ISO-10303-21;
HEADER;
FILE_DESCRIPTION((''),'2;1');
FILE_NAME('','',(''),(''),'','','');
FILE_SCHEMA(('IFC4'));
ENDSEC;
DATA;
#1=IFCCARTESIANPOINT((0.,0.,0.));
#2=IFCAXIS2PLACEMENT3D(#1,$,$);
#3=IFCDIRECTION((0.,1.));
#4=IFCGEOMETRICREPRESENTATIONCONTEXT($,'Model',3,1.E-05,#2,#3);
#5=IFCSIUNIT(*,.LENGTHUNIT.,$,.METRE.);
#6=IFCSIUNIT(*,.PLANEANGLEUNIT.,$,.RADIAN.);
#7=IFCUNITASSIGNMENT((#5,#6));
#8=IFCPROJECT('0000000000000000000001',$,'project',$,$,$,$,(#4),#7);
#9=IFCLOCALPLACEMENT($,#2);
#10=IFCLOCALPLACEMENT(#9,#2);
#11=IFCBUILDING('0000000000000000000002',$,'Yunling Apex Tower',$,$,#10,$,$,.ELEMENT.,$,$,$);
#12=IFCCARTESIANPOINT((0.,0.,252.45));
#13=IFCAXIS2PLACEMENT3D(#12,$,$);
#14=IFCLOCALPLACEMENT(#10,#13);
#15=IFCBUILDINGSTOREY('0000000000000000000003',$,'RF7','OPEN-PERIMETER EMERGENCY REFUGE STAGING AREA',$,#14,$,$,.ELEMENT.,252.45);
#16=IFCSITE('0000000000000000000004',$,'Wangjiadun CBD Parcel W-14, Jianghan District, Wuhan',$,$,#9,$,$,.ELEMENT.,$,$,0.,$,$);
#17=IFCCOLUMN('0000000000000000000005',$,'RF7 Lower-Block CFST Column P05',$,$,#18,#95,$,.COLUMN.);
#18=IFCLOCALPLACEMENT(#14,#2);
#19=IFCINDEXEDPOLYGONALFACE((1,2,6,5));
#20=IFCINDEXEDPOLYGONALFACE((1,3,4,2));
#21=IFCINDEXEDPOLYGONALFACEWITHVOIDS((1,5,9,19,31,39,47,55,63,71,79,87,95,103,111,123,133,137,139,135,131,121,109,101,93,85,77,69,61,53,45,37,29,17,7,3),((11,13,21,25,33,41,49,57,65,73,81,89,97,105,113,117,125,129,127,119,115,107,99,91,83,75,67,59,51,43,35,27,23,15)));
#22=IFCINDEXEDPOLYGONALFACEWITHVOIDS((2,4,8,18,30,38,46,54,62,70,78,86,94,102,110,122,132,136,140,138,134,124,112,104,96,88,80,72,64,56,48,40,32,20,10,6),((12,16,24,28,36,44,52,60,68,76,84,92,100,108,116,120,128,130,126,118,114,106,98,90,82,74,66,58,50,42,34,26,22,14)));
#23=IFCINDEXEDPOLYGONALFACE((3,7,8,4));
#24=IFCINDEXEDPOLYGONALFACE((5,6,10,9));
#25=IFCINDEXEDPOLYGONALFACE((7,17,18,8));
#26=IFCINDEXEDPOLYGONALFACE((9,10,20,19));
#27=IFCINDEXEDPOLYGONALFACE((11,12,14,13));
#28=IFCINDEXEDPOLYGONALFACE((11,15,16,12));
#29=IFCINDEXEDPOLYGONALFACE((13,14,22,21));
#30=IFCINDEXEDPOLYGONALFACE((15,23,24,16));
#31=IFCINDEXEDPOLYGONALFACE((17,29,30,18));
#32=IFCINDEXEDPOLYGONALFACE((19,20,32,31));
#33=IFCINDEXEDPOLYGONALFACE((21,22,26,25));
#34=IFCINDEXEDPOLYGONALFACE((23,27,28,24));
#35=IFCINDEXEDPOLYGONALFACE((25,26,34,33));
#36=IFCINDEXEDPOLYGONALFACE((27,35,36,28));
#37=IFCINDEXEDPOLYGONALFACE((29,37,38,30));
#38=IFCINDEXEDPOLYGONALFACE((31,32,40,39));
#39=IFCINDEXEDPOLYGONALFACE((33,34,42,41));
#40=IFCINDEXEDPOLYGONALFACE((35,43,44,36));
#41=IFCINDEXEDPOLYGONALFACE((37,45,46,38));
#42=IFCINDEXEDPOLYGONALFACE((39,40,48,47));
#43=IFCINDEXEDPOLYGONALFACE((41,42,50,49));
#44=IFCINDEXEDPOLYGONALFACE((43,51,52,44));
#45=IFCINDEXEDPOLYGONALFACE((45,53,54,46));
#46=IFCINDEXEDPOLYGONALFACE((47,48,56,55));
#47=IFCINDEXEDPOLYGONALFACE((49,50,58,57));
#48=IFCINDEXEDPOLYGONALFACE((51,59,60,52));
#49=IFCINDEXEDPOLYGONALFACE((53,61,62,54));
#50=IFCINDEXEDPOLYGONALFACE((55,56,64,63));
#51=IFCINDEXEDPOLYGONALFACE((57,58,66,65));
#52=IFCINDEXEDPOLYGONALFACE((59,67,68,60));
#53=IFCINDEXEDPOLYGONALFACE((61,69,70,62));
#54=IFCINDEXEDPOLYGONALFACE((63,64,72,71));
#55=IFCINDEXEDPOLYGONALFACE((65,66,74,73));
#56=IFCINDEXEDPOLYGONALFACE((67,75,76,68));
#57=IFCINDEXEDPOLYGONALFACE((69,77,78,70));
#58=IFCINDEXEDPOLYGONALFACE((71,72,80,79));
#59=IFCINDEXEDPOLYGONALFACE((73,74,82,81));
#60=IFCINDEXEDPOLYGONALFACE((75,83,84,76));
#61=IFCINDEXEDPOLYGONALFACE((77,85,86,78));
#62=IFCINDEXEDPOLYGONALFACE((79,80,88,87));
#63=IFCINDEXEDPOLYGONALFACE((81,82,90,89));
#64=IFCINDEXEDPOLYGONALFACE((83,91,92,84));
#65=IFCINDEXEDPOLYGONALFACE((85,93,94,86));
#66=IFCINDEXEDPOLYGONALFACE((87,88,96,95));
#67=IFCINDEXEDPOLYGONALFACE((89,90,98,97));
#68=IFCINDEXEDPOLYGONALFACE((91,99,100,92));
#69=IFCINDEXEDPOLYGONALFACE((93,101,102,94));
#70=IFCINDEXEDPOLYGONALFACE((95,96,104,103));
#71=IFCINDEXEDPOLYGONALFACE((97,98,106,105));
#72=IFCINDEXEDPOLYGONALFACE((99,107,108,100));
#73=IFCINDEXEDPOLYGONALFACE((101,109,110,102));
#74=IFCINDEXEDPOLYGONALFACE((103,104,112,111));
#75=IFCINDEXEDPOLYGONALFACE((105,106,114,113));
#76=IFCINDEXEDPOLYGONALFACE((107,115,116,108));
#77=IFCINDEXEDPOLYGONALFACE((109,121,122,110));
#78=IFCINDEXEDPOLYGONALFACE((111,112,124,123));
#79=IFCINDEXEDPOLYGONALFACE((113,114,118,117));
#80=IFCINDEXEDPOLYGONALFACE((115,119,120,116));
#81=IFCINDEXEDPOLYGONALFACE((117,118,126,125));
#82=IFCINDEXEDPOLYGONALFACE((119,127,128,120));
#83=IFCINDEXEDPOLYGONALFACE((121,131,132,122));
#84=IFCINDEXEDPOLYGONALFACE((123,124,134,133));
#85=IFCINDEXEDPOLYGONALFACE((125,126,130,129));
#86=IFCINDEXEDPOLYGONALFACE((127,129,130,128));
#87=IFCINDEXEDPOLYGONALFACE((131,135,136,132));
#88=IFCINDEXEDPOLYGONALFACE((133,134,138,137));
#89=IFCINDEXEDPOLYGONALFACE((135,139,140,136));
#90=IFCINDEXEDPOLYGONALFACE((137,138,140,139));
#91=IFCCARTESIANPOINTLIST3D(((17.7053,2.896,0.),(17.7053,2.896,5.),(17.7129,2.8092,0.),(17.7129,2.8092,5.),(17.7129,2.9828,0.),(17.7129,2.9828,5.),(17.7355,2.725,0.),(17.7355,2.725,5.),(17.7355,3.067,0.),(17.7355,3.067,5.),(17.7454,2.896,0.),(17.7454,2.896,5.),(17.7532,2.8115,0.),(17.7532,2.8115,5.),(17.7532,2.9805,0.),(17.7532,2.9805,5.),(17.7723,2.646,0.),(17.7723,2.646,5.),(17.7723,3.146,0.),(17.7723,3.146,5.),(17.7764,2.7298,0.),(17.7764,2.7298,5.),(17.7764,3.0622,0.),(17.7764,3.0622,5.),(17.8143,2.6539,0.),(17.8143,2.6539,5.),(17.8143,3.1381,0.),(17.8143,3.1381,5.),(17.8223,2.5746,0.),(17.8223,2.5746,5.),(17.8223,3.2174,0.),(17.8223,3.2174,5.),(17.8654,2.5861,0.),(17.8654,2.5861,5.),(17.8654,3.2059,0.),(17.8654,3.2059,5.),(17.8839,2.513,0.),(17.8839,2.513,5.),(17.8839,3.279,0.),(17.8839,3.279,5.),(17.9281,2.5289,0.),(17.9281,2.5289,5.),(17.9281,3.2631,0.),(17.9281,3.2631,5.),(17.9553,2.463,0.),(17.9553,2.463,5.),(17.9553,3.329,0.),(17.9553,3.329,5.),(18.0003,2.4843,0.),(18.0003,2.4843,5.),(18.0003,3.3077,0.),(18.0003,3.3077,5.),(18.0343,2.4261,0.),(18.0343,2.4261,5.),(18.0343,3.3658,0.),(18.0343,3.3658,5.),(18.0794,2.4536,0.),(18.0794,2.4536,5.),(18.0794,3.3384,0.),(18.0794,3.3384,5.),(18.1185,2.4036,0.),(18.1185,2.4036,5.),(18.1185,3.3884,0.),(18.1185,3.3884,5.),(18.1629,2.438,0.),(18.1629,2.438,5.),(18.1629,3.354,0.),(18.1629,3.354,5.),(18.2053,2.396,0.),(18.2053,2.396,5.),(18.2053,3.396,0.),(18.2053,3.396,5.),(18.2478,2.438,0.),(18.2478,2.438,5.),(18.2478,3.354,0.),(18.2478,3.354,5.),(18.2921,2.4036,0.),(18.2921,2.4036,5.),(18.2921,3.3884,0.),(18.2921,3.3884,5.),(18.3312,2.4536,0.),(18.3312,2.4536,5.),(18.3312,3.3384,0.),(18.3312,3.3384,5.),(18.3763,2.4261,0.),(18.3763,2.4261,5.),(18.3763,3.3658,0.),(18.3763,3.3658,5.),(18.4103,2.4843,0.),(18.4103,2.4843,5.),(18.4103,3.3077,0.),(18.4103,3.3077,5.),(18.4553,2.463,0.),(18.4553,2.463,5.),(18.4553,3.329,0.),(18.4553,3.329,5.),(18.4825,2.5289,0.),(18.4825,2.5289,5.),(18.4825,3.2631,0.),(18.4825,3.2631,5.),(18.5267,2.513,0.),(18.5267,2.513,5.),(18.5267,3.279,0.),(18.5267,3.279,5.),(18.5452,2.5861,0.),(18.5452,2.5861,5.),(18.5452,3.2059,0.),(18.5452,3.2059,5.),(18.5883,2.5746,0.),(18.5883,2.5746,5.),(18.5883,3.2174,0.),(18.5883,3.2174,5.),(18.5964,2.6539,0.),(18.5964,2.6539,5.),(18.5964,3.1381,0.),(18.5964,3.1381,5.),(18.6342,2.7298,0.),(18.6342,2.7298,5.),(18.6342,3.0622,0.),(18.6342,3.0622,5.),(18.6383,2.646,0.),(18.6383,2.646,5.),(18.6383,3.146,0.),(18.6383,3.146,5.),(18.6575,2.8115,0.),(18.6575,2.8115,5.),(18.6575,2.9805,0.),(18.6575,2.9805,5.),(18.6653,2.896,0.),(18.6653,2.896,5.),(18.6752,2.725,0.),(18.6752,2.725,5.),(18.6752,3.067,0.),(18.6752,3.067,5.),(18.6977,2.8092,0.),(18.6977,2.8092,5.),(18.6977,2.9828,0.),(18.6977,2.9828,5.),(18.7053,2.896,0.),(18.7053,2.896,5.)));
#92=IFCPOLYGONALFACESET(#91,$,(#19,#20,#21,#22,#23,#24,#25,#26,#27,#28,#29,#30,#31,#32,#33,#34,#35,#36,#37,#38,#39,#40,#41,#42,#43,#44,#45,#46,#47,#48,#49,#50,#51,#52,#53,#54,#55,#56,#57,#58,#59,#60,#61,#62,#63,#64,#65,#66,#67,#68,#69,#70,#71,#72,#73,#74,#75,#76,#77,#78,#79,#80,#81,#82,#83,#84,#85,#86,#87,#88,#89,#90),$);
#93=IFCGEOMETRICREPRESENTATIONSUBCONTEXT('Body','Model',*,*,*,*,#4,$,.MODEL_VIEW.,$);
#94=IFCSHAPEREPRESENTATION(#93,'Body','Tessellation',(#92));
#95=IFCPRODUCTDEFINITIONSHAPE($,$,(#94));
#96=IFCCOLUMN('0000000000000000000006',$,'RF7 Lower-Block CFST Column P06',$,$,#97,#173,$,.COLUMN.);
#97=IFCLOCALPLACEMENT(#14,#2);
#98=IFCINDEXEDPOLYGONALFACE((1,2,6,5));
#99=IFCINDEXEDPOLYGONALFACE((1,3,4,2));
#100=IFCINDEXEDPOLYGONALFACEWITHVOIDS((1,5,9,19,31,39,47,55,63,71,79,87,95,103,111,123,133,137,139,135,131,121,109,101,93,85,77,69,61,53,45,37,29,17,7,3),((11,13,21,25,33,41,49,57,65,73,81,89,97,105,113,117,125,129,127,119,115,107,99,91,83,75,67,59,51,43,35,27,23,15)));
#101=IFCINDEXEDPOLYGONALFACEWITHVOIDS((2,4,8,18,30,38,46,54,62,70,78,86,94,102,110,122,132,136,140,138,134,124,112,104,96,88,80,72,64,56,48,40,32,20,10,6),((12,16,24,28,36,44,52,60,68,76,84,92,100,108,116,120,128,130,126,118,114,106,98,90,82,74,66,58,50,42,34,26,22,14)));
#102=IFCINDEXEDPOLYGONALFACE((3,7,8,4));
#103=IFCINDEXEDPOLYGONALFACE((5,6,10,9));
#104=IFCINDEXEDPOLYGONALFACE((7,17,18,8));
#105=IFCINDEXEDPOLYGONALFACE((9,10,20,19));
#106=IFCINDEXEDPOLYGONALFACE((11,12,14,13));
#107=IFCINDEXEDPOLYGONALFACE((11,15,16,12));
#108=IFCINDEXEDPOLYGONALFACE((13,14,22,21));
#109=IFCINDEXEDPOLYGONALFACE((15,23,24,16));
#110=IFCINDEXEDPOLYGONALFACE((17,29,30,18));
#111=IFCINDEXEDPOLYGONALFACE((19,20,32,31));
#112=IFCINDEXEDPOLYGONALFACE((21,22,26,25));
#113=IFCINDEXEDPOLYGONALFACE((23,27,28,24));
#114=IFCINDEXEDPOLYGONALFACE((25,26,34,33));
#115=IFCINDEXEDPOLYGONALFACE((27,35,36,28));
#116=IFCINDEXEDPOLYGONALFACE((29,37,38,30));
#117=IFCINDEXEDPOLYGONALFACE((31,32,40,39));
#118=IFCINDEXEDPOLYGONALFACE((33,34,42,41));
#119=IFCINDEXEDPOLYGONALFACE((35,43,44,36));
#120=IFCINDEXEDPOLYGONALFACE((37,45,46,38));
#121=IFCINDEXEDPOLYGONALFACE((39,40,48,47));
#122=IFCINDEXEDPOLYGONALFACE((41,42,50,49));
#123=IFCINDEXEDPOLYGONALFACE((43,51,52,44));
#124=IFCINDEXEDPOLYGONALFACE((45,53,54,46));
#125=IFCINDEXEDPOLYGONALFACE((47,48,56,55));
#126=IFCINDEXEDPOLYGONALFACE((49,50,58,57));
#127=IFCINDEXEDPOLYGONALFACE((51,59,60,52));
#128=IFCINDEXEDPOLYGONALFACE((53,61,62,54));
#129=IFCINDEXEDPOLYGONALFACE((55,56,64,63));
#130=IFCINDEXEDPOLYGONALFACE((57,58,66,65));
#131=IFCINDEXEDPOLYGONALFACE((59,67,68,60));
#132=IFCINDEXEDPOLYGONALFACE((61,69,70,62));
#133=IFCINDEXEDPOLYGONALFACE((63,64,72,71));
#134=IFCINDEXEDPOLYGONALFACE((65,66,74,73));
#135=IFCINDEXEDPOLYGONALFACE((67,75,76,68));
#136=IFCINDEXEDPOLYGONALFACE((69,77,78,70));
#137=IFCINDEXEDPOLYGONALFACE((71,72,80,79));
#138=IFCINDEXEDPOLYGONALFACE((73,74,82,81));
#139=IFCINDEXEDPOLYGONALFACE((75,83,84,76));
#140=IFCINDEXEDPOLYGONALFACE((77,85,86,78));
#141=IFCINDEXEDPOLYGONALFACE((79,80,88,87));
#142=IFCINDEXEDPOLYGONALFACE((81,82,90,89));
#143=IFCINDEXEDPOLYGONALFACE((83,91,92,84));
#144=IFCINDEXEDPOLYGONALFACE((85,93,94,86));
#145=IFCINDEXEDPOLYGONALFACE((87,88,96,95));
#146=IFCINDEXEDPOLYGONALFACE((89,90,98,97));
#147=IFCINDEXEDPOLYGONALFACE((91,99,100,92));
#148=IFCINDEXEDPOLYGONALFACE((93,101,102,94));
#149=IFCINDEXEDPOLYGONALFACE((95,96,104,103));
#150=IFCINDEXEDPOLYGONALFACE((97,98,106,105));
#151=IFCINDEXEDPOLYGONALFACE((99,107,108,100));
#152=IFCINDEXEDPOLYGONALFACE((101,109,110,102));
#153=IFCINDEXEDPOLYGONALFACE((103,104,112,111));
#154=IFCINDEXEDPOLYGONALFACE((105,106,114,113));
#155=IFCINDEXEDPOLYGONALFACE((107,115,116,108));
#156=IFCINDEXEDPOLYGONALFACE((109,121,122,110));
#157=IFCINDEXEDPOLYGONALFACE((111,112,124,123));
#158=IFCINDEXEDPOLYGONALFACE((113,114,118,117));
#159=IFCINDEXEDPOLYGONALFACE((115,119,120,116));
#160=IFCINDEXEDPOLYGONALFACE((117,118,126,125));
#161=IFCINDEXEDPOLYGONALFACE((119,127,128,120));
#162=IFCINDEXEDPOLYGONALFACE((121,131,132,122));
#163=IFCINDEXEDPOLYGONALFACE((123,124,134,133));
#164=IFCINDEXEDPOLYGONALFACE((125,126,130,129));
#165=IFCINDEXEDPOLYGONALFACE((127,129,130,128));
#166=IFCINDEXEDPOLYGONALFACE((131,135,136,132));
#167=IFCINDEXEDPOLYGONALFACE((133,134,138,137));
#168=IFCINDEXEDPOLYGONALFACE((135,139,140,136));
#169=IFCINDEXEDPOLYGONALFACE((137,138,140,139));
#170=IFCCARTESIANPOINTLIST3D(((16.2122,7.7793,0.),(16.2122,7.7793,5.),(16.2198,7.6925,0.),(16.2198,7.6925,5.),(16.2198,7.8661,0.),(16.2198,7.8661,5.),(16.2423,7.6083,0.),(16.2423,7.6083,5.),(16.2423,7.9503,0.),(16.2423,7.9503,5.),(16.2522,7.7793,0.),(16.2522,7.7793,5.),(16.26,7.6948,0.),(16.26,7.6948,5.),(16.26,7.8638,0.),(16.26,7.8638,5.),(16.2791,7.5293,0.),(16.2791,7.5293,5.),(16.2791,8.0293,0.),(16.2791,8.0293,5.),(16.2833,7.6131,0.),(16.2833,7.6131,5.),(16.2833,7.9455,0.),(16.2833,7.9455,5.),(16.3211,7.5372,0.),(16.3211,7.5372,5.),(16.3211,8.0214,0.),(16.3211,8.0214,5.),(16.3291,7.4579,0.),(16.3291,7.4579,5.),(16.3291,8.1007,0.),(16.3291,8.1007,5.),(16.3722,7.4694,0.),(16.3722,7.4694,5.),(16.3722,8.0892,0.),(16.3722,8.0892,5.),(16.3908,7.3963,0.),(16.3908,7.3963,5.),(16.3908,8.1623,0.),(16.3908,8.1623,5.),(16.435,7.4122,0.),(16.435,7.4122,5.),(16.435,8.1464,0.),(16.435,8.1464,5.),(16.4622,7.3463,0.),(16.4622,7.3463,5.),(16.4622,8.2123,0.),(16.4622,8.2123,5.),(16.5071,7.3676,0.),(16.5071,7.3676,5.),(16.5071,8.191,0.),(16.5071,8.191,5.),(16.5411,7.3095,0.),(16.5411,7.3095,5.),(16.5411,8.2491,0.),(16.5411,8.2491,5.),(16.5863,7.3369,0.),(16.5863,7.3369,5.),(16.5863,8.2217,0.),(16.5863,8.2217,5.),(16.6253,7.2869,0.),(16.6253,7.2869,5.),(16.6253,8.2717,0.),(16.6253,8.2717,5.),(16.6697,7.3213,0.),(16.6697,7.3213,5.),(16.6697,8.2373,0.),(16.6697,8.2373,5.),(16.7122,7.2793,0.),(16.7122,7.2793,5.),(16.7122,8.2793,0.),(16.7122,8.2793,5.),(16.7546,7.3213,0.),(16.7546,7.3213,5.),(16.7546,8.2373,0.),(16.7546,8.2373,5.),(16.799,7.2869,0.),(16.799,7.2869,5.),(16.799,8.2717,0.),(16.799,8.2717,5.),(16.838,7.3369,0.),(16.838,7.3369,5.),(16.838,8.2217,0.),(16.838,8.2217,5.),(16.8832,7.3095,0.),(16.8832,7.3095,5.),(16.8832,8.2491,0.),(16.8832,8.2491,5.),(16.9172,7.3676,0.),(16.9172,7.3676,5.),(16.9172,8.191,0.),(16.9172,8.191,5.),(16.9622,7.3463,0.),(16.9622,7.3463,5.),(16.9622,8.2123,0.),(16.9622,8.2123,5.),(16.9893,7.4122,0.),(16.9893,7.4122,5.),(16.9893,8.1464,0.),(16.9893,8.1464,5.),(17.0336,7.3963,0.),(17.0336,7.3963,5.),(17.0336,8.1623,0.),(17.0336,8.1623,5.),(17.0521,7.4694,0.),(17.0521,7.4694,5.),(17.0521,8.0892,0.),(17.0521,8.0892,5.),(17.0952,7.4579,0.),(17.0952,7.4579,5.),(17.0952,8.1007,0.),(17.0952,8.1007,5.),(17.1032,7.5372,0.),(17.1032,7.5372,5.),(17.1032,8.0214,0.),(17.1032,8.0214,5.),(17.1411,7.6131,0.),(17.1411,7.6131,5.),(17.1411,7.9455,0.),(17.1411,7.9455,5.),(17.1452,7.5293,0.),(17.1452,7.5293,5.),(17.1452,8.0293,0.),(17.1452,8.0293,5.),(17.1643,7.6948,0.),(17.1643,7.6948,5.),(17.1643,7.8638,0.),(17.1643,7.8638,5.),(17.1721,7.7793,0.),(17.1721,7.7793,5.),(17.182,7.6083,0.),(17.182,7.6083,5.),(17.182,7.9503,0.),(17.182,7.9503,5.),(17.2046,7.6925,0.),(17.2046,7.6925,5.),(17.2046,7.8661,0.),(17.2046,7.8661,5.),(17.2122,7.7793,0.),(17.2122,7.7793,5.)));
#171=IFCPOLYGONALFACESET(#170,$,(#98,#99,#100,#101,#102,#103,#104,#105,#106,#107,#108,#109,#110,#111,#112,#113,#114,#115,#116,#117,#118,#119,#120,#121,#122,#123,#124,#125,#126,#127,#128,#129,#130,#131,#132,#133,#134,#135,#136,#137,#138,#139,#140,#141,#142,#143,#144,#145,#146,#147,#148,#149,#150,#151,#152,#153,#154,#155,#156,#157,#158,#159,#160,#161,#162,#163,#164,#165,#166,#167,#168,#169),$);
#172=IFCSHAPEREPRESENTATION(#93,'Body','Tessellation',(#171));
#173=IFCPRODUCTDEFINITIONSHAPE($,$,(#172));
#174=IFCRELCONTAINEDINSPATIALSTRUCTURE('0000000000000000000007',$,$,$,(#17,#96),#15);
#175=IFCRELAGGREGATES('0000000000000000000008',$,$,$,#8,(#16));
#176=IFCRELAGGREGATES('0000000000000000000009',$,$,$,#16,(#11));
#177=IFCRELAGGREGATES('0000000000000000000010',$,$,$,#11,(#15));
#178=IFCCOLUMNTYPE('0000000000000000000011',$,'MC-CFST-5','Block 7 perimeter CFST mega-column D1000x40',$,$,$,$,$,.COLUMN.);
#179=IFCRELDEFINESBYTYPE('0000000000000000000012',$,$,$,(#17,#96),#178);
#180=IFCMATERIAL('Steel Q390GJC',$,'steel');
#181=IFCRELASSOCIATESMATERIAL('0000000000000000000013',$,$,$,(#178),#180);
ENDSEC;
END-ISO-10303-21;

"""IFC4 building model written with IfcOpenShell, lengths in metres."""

from ifc_helpers import new_model, si_unit, direction, frame, origin, origin_2d, place, context, subcontext, project, spatial, hollow_circle, extrude, source, transform, mapped, material, material_profile, profile_set, type_object, element, save


model = new_model("IFC4")

# Units and contexts
model_context = context("Model", 3, precision=1e-05, world=origin(), true_north=direction((0.0, 1.0)))
body_context = subcontext(model_context, "Body", "Model", "MODEL_VIEW")
ifc_project = project(units=[si_unit("LENGTHUNIT", "METRE"), si_unit("PLANEANGLEUNIT", "RADIAN")], contexts=[model_context])

# Site, building, storey
site_placement = place(None, origin())
site = spatial("IfcSite", under=ifc_project, at=site_placement, Name="Wangjiadun CBD Parcel W-14, Jianghan District, Wuhan", CompositionType="ELEMENT", RefElevation=0.0)
building_placement = place(site_placement, origin())
building = spatial("IfcBuilding", under=site, at=building_placement, Name="Yunling Apex Tower", CompositionType="ELEMENT")
storey_placement = place(building_placement, frame((0.0, 0.0, 252.45)))
storey = spatial("IfcBuildingStorey", under=building, at=storey_placement, Name="RF7", Description="OPEN-PERIMETER EMERGENCY REFUGE STAGING AREA", CompositionType="ELEMENT", Elevation=252.45)

# Columns
ifc_material_1 = material(Name="Steel Q390GJC", Category="steel")
ifc_material_profile_1 = material_profile(ifc_material_1, hollow_circle(Radius=0.5, WallThickness=0.04, at=origin_2d()))
ifc_profile_set_1 = profile_set([ifc_material_profile_1], Name="Steel Q390GJC")
column_type = type_object("IfcColumnType", Name="MC-CFST-5", Description="Block 7 perimeter CFST mega-column D1000x40", PredefinedType="COLUMN", material=ifc_profile_set_1)
shared_shape_1 = source(origin(), body_context, "Body", "SweptSolid", [
    extrude(hollow_circle(Radius=0.5, WallThickness=0.04, at=origin_2d()), origin(), (0.0, 0.0, 1.0), 5.0),
])
for number, where, z_axis, x_axis, name in (
    (1, (18.2053, 2.896, 0.0), (0.0, 0.0, 1.0), (1.0, 0.0, 0.0), "RF7 Lower-Block CFST Column P05"),
    (2, (16.7122, 7.7793, 0.0), (0.0, 0.0, 1.0), (1.0, 0.0, 0.0), "RF7 Lower-Block CFST Column P06"),
):
    element("IfcColumn", number, at=place(storey_placement, frame(where, z_axis=z_axis, x_axis=x_axis)), inside=storey, type_object=column_type, Name=name, PredefinedType="COLUMN", context=body_context, shape_type="MappedRepresentation", body=[
        mapped(shared_shape_1, transform((0.0, 0.0, 0.0), scale=1.0)),
    ])

save(model, "model.ifc")
